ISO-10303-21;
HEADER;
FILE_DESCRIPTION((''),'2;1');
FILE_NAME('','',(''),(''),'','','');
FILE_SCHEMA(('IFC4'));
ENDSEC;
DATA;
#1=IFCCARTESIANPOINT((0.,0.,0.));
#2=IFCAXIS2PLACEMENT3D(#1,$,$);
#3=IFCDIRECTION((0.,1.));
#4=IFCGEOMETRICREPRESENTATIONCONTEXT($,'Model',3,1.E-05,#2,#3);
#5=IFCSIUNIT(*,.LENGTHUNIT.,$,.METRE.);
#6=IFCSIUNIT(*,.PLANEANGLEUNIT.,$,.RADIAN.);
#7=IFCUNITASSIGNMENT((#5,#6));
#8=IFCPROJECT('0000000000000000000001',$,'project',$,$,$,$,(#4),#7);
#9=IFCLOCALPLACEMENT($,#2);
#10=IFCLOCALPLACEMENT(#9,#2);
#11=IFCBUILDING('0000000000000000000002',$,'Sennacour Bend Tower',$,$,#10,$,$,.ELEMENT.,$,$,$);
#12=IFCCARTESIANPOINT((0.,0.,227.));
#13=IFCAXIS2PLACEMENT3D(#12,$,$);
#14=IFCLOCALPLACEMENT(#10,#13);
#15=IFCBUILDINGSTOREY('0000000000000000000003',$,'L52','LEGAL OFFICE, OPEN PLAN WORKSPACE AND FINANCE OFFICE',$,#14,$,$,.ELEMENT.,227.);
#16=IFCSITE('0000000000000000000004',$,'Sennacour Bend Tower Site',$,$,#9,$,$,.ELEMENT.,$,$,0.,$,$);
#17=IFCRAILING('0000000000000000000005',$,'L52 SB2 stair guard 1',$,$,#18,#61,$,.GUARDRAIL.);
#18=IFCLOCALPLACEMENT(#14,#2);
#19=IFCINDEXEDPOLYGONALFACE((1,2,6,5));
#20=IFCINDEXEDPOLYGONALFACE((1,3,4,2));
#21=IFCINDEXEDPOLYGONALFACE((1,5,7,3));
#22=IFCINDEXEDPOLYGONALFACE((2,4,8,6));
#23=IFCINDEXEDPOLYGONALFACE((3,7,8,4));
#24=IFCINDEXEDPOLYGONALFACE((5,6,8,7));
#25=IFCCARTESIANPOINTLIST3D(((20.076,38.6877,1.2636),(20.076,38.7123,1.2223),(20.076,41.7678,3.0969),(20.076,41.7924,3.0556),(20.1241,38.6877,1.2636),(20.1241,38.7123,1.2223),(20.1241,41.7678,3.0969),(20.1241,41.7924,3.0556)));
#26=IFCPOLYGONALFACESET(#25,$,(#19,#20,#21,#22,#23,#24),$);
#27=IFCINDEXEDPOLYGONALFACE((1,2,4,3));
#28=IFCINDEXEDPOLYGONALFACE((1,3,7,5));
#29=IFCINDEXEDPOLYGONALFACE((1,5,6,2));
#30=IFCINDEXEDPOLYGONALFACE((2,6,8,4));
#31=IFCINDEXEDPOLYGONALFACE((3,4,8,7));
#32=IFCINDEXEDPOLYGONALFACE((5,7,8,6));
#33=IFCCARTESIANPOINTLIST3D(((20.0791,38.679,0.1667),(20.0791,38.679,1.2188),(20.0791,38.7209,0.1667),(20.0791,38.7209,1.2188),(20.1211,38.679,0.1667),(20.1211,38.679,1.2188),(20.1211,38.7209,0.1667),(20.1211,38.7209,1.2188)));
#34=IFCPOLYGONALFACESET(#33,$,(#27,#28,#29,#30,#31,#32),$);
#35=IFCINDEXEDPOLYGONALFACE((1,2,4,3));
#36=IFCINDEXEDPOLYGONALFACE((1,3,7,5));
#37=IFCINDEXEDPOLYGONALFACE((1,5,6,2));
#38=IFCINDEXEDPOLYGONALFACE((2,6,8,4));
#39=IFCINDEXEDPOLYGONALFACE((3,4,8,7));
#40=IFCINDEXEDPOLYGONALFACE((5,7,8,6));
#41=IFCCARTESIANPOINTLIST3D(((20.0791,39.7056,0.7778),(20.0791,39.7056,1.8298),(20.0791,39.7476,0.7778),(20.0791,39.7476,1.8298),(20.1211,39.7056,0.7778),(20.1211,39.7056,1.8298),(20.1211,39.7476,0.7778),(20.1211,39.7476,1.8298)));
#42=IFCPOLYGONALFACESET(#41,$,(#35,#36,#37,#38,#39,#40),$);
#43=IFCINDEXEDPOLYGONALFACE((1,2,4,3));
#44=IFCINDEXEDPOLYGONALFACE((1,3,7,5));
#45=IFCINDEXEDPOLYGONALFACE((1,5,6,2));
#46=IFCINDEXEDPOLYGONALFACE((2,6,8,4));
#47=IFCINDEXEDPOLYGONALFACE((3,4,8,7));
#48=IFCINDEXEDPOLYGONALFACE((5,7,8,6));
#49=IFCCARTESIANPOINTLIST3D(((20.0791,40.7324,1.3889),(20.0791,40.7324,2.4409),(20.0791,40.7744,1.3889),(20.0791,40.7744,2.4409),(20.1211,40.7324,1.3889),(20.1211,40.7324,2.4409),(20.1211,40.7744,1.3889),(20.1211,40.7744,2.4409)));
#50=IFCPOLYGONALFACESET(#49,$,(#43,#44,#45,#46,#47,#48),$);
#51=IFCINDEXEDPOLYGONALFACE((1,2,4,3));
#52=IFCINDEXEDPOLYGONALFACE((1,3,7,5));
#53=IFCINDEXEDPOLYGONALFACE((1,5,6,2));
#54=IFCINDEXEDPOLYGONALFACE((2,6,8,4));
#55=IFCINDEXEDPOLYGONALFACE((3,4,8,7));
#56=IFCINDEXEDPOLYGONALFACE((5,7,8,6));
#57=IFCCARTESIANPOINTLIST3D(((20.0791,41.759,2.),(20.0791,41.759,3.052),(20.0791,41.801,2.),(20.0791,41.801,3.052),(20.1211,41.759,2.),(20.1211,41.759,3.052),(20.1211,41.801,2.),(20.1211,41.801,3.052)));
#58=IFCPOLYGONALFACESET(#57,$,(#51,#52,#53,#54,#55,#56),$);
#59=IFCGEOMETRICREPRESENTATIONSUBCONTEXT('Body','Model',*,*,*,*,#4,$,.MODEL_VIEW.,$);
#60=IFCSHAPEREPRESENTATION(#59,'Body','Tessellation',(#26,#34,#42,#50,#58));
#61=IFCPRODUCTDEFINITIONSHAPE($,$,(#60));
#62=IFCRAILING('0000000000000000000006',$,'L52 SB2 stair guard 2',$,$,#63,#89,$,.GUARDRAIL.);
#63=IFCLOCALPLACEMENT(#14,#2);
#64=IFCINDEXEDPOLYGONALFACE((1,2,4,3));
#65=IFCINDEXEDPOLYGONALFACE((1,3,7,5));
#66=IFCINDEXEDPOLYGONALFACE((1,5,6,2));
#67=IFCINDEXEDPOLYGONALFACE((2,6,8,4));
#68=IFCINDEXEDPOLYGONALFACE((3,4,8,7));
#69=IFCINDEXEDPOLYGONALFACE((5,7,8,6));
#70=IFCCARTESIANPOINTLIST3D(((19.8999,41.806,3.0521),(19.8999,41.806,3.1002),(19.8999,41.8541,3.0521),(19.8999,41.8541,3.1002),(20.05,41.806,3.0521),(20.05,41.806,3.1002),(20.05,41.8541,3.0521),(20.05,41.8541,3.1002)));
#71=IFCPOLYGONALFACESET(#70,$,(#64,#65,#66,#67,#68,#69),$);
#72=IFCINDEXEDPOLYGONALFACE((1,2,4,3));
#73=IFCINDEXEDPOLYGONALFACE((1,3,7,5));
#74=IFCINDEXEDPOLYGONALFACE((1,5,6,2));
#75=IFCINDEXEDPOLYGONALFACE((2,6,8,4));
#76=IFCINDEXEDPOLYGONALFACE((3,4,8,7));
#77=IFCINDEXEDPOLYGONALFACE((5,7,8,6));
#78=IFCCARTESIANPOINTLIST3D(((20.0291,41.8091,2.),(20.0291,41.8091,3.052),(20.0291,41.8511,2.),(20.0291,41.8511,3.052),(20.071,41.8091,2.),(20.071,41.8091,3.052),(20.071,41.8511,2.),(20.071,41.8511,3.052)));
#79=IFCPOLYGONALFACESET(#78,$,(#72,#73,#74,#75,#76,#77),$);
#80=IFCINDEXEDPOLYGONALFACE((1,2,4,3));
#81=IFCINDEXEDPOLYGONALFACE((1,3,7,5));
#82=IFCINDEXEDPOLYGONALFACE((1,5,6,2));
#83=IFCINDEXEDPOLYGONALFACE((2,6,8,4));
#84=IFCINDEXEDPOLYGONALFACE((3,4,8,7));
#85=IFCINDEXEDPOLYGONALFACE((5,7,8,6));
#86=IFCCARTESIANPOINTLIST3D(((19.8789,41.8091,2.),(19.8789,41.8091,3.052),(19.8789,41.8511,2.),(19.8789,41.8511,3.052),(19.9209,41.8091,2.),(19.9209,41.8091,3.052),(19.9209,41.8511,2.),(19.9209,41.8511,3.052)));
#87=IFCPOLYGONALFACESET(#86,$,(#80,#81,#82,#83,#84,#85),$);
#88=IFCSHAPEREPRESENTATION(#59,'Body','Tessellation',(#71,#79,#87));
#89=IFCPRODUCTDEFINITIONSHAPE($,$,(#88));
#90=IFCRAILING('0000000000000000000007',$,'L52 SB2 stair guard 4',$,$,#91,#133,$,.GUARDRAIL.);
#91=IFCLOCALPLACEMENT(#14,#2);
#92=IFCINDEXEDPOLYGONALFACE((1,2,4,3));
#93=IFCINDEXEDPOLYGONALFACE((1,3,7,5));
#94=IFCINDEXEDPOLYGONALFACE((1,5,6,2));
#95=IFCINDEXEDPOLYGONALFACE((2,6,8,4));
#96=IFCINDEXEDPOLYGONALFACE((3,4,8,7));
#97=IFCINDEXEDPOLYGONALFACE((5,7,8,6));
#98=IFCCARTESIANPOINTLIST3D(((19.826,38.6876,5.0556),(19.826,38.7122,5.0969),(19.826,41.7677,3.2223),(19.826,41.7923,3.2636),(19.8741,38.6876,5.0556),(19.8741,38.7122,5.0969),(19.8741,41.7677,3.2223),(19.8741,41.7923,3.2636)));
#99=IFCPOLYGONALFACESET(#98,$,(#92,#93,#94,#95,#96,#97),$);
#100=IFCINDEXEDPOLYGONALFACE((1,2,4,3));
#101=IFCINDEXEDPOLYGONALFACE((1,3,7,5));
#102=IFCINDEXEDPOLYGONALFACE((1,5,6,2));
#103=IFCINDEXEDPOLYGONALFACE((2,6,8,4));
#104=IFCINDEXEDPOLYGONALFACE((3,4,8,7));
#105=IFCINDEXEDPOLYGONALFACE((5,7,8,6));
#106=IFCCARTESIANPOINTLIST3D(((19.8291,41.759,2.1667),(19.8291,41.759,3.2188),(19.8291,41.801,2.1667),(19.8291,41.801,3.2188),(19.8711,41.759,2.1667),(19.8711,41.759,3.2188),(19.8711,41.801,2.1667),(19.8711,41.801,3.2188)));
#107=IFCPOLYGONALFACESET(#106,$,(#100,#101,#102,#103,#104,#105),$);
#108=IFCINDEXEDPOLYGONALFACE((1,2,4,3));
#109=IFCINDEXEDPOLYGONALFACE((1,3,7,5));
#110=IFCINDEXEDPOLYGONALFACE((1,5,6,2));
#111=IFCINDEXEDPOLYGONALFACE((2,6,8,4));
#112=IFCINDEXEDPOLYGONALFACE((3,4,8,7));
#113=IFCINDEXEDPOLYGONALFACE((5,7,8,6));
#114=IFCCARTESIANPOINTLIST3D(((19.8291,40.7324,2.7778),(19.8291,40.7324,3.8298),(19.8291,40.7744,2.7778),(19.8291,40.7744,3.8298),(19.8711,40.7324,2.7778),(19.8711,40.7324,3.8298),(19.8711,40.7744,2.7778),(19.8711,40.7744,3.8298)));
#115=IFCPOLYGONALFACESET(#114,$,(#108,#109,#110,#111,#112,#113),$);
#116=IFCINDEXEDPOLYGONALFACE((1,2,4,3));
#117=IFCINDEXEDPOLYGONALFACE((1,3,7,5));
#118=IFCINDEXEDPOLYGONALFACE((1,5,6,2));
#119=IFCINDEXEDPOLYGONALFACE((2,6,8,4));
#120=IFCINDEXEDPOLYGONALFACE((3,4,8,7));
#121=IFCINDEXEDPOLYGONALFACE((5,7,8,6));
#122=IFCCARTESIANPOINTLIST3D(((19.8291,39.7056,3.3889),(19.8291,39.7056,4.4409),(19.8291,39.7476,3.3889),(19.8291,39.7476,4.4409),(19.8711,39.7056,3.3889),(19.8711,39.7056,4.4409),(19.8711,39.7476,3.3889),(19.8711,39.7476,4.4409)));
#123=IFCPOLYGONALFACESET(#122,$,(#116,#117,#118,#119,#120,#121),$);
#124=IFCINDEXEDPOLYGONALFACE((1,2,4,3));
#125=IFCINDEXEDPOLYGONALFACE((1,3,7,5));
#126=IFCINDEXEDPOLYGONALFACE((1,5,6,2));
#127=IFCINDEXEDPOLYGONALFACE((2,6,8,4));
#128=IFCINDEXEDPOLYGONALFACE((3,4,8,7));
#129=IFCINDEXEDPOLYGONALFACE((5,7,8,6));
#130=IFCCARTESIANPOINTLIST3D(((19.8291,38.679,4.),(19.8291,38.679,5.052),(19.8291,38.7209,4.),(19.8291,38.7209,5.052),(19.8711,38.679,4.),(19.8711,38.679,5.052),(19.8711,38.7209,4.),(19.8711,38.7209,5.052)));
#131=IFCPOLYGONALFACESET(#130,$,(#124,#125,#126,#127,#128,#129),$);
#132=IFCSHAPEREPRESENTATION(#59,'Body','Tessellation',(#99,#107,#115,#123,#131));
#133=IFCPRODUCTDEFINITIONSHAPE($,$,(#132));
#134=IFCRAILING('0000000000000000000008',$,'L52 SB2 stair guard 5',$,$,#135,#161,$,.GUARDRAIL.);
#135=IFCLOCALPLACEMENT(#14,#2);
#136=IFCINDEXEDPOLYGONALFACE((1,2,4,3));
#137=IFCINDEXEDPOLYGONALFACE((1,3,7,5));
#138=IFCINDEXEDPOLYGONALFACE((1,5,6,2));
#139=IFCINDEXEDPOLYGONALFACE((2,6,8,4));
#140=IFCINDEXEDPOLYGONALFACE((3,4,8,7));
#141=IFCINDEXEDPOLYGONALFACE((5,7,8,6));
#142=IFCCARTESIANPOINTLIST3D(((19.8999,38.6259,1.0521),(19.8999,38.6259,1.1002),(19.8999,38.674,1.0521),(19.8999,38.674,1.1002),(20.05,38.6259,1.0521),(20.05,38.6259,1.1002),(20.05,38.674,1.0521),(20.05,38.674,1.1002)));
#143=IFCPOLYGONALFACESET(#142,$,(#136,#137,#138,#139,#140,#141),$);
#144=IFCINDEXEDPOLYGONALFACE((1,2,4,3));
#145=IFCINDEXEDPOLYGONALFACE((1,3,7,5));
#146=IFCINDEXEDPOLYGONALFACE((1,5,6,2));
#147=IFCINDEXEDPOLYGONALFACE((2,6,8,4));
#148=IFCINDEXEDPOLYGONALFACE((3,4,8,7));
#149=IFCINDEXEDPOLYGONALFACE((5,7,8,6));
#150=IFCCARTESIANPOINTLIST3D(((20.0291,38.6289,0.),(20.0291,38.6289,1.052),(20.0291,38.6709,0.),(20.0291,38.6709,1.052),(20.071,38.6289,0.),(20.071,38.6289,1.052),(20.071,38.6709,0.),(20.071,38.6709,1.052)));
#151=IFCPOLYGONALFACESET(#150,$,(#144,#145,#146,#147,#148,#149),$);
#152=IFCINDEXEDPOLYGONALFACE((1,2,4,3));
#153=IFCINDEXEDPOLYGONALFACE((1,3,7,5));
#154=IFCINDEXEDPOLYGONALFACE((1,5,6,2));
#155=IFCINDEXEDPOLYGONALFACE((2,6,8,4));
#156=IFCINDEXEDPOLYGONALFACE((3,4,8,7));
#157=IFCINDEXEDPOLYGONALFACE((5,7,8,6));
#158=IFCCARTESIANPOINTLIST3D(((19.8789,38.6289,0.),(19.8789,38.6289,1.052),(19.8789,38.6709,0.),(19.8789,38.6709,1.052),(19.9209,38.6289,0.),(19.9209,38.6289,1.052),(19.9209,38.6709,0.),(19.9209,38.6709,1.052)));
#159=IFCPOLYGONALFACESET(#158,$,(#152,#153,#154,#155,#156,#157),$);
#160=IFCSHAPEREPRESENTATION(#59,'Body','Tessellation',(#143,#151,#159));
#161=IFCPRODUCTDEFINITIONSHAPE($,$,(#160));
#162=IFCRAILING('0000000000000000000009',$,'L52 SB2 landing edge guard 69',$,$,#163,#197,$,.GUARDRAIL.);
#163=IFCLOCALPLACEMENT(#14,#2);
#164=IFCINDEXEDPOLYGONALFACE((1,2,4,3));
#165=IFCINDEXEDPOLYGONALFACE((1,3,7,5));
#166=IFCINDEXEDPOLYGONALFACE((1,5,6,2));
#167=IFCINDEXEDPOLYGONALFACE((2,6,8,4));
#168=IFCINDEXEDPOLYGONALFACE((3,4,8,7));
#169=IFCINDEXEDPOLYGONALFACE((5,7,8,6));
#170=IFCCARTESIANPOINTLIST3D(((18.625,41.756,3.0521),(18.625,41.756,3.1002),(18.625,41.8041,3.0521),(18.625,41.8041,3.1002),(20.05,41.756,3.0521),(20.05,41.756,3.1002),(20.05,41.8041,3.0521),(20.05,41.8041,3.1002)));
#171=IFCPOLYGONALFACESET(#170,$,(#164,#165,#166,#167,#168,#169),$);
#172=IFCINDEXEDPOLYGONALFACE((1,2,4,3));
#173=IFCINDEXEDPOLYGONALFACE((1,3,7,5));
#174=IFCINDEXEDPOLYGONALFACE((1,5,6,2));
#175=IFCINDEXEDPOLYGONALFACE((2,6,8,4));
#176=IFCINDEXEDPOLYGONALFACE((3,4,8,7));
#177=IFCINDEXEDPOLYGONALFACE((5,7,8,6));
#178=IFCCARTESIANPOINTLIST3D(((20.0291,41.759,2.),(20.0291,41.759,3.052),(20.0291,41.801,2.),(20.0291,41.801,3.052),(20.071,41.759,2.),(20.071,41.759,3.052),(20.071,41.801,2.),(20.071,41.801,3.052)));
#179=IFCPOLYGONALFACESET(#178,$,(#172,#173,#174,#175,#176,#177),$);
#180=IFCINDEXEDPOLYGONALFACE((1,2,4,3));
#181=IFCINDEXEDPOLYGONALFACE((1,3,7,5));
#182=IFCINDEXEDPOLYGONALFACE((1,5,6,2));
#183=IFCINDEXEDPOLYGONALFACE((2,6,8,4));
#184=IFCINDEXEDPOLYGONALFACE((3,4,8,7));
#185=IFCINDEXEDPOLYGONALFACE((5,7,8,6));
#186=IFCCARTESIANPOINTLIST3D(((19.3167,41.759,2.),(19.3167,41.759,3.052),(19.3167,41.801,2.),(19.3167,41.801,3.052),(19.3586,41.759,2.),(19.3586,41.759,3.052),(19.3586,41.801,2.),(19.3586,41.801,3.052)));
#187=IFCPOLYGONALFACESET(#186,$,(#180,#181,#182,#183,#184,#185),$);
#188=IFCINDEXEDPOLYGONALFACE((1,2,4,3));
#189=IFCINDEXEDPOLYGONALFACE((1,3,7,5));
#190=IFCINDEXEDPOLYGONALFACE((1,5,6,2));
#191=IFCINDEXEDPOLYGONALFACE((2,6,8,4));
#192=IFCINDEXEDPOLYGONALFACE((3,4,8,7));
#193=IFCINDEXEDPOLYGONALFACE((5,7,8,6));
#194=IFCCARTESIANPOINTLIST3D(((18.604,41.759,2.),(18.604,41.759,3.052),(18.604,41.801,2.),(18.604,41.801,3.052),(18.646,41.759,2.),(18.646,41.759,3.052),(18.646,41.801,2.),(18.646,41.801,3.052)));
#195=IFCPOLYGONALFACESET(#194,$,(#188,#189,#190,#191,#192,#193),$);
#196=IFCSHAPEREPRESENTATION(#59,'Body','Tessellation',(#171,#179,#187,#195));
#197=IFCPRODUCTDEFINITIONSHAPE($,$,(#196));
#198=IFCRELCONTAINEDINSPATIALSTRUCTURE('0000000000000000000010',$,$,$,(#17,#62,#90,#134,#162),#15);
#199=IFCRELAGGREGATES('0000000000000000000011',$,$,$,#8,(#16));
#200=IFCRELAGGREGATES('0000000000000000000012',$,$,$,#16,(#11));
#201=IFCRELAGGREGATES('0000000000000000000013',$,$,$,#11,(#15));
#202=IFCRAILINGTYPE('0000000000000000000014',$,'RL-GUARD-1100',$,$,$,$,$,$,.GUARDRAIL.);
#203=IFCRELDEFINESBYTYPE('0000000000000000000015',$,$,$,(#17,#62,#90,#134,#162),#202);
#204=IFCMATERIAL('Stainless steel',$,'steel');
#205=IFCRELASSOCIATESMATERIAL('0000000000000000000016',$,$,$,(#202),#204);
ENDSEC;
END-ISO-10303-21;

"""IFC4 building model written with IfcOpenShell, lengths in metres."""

from ifc_helpers import new_model, si_unit, direction, frame, origin, origin_2d, place, context, subcontext, project, spatial, rectangle, extrude, material, type_object, element, save


model = new_model("IFC4")

# Units and contexts
model_context = context("Model", 3, precision=1e-05, world=origin(), true_north=direction((0.0, 1.0)))
body_context = subcontext(model_context, "Body", "Model", "MODEL_VIEW")
ifc_project = project(units=[si_unit("LENGTHUNIT", "METRE"), si_unit("PLANEANGLEUNIT", "RADIAN")], contexts=[model_context])

# Site, building, storey
site_placement = place(None, origin())
site = spatial("IfcSite", under=ifc_project, at=site_placement, Name="Sennacour Bend Tower Site", CompositionType="ELEMENT", RefElevation=0.0)
building_placement = place(site_placement, origin())
building = spatial("IfcBuilding", under=site, at=building_placement, Name="Sennacour Bend Tower", CompositionType="ELEMENT")
storey_placement = place(building_placement, frame((0.0, 0.0, 227.0)))
storey = spatial("IfcBuildingStorey", under=building, at=storey_placement, Name="L52", Description="LEGAL OFFICE, OPEN PLAN WORKSPACE AND FINANCE OFFICE", CompositionType="ELEMENT", Elevation=227.0)

# Railings
ifc_material_1 = material(Name="Stainless steel", Category="steel")
railing_type_1 = type_object("IfcRailingType", Name="RL-GUARD-1100", PredefinedType="GUARDRAIL", material=ifc_material_1)
railing_1_placement = place(storey_placement, frame((20.1001, 38.7, 0.1667)))
element("IfcRailing", 1, at=railing_1_placement, inside=storey, type_object=railing_type_1, Name="L52 SB2 stair guard 1", PredefinedType="GUARDRAIL", context=body_context, shape_type="SweptSolid", body=[
    extrude(rectangle(XDim=0.0481, YDim=0.0481, at=origin_2d()), frame((0.0, 0.0, 1.0762), z_axis=(0.0, 0.859309, 0.511458), x_axis=(-1.0, 0.0, 0.0)), (0.0, 0.0, 1.0), 3.5845),
    extrude(rectangle(XDim=0.042, YDim=0.042, at=origin_2d()), origin(), (0.0, 0.0, 1.0), 1.052),
    extrude(rectangle(XDim=0.042, YDim=0.042, at=origin_2d()), frame((0.0, 1.0266, 0.6111)), (0.0, 0.0, 1.0), 1.052),
    extrude(rectangle(XDim=0.042, YDim=0.042, at=origin_2d()), frame((0.0, 2.0535, 1.2222)), (0.0, 0.0, 1.0), 1.052),
    extrude(rectangle(XDim=0.042, YDim=0.042, at=origin_2d()), frame((0.0, 3.0801, 1.8333)), (0.0, 0.0, 1.0), 1.052),
])
railing_2_placement = place(storey_placement, frame((20.05, 41.8301, 2.0)))
element("IfcRailing", 2, at=railing_2_placement, inside=storey, type_object=railing_type_1, Name="L52 SB2 stair guard 2", PredefinedType="GUARDRAIL", context=body_context, shape_type="SweptSolid", body=[
    extrude(rectangle(XDim=0.0481, YDim=0.0481, at=origin_2d()), frame((0.0, 0.0, 1.0762), z_axis=(-1.0, 0.0, 0.0), x_axis=(0.0, -1.0, 0.0)), (0.0, 0.0, 1.0), 0.1501),
    extrude(rectangle(XDim=0.042, YDim=0.042, at=origin_2d()), origin(), (0.0, 0.0, 1.0), 1.052),
    extrude(rectangle(XDim=0.042, YDim=0.042, at=origin_2d()), frame((-0.1501, 0.0, 0.0)), (0.0, 0.0, 1.0), 1.052),
])
railing_3_placement = place(storey_placement, frame((19.8501, 41.78, 2.1667)))
element("IfcRailing", 3, at=railing_3_placement, inside=storey, type_object=railing_type_1, Name="L52 SB2 stair guard 4", PredefinedType="GUARDRAIL", context=body_context, shape_type="SweptSolid", body=[
    extrude(rectangle(XDim=0.0481, YDim=0.0481, at=origin_2d()), frame((0.0, 0.0, 1.0762), z_axis=(0.0, -0.859309, 0.511458), x_axis=(1.0, 0.0, 0.0)), (0.0, 0.0, 1.0), 3.5845),
    extrude(rectangle(XDim=0.042, YDim=0.042, at=origin_2d()), origin(), (0.0, 0.0, 1.0), 1.052),
    extrude(rectangle(XDim=0.042, YDim=0.042, at=origin_2d()), frame((0.0, -1.0266, 0.6111)), (0.0, 0.0, 1.0), 1.052),
    extrude(rectangle(XDim=0.042, YDim=0.042, at=origin_2d()), frame((0.0, -2.0535, 1.2222)), (0.0, 0.0, 1.0), 1.052),
    extrude(rectangle(XDim=0.042, YDim=0.042, at=origin_2d()), frame((0.0, -3.0801, 1.8333)), (0.0, 0.0, 1.0), 1.052),
])
railing_4_placement = place(storey_placement, frame((20.05, 38.6499, 0.0)))
element("IfcRailing", 4, at=railing_4_placement, inside=storey, type_object=railing_type_1, Name="L52 SB2 stair guard 5", PredefinedType="GUARDRAIL", context=body_context, shape_type="SweptSolid", body=[
    extrude(rectangle(XDim=0.0481, YDim=0.0481, at=origin_2d()), frame((0.0, 0.0, 1.0762), z_axis=(-1.0, 0.0, 0.0), x_axis=(0.0, -1.0, 0.0)), (0.0, 0.0, 1.0), 0.1501),
    extrude(rectangle(XDim=0.042, YDim=0.042, at=origin_2d()), origin(), (0.0, 0.0, 1.0), 1.052),
    extrude(rectangle(XDim=0.042, YDim=0.042, at=origin_2d()), frame((-0.1501, 0.0, 0.0)), (0.0, 0.0, 1.0), 1.052),
])
railing_5_placement = place(storey_placement, frame((20.05, 41.78, 2.0)))
element("IfcRailing", 5, at=railing_5_placement, inside=storey, type_object=railing_type_1, Name="L52 SB2 landing edge guard 69", PredefinedType="GUARDRAIL", context=body_context, shape_type="SweptSolid", body=[
    extrude(rectangle(XDim=0.0481, YDim=0.0481, at=origin_2d()), frame((0.0, 0.0, 1.0762), z_axis=(-1.0, 0.0, 0.0), x_axis=(0.0, -1.0, 0.0)), (0.0, 0.0, 1.0), 1.425),
    extrude(rectangle(XDim=0.042, YDim=0.042, at=origin_2d()), origin(), (0.0, 0.0, 1.0), 1.052),
    extrude(rectangle(XDim=0.042, YDim=0.042, at=origin_2d()), frame((-0.7124, 0.0, 0.0)), (0.0, 0.0, 1.0), 1.052),
    extrude(rectangle(XDim=0.042, YDim=0.042, at=origin_2d()), frame((-1.425, 0.0, 0.0)), (0.0, 0.0, 1.0), 1.052),
])

save(model, "model.ifc")
